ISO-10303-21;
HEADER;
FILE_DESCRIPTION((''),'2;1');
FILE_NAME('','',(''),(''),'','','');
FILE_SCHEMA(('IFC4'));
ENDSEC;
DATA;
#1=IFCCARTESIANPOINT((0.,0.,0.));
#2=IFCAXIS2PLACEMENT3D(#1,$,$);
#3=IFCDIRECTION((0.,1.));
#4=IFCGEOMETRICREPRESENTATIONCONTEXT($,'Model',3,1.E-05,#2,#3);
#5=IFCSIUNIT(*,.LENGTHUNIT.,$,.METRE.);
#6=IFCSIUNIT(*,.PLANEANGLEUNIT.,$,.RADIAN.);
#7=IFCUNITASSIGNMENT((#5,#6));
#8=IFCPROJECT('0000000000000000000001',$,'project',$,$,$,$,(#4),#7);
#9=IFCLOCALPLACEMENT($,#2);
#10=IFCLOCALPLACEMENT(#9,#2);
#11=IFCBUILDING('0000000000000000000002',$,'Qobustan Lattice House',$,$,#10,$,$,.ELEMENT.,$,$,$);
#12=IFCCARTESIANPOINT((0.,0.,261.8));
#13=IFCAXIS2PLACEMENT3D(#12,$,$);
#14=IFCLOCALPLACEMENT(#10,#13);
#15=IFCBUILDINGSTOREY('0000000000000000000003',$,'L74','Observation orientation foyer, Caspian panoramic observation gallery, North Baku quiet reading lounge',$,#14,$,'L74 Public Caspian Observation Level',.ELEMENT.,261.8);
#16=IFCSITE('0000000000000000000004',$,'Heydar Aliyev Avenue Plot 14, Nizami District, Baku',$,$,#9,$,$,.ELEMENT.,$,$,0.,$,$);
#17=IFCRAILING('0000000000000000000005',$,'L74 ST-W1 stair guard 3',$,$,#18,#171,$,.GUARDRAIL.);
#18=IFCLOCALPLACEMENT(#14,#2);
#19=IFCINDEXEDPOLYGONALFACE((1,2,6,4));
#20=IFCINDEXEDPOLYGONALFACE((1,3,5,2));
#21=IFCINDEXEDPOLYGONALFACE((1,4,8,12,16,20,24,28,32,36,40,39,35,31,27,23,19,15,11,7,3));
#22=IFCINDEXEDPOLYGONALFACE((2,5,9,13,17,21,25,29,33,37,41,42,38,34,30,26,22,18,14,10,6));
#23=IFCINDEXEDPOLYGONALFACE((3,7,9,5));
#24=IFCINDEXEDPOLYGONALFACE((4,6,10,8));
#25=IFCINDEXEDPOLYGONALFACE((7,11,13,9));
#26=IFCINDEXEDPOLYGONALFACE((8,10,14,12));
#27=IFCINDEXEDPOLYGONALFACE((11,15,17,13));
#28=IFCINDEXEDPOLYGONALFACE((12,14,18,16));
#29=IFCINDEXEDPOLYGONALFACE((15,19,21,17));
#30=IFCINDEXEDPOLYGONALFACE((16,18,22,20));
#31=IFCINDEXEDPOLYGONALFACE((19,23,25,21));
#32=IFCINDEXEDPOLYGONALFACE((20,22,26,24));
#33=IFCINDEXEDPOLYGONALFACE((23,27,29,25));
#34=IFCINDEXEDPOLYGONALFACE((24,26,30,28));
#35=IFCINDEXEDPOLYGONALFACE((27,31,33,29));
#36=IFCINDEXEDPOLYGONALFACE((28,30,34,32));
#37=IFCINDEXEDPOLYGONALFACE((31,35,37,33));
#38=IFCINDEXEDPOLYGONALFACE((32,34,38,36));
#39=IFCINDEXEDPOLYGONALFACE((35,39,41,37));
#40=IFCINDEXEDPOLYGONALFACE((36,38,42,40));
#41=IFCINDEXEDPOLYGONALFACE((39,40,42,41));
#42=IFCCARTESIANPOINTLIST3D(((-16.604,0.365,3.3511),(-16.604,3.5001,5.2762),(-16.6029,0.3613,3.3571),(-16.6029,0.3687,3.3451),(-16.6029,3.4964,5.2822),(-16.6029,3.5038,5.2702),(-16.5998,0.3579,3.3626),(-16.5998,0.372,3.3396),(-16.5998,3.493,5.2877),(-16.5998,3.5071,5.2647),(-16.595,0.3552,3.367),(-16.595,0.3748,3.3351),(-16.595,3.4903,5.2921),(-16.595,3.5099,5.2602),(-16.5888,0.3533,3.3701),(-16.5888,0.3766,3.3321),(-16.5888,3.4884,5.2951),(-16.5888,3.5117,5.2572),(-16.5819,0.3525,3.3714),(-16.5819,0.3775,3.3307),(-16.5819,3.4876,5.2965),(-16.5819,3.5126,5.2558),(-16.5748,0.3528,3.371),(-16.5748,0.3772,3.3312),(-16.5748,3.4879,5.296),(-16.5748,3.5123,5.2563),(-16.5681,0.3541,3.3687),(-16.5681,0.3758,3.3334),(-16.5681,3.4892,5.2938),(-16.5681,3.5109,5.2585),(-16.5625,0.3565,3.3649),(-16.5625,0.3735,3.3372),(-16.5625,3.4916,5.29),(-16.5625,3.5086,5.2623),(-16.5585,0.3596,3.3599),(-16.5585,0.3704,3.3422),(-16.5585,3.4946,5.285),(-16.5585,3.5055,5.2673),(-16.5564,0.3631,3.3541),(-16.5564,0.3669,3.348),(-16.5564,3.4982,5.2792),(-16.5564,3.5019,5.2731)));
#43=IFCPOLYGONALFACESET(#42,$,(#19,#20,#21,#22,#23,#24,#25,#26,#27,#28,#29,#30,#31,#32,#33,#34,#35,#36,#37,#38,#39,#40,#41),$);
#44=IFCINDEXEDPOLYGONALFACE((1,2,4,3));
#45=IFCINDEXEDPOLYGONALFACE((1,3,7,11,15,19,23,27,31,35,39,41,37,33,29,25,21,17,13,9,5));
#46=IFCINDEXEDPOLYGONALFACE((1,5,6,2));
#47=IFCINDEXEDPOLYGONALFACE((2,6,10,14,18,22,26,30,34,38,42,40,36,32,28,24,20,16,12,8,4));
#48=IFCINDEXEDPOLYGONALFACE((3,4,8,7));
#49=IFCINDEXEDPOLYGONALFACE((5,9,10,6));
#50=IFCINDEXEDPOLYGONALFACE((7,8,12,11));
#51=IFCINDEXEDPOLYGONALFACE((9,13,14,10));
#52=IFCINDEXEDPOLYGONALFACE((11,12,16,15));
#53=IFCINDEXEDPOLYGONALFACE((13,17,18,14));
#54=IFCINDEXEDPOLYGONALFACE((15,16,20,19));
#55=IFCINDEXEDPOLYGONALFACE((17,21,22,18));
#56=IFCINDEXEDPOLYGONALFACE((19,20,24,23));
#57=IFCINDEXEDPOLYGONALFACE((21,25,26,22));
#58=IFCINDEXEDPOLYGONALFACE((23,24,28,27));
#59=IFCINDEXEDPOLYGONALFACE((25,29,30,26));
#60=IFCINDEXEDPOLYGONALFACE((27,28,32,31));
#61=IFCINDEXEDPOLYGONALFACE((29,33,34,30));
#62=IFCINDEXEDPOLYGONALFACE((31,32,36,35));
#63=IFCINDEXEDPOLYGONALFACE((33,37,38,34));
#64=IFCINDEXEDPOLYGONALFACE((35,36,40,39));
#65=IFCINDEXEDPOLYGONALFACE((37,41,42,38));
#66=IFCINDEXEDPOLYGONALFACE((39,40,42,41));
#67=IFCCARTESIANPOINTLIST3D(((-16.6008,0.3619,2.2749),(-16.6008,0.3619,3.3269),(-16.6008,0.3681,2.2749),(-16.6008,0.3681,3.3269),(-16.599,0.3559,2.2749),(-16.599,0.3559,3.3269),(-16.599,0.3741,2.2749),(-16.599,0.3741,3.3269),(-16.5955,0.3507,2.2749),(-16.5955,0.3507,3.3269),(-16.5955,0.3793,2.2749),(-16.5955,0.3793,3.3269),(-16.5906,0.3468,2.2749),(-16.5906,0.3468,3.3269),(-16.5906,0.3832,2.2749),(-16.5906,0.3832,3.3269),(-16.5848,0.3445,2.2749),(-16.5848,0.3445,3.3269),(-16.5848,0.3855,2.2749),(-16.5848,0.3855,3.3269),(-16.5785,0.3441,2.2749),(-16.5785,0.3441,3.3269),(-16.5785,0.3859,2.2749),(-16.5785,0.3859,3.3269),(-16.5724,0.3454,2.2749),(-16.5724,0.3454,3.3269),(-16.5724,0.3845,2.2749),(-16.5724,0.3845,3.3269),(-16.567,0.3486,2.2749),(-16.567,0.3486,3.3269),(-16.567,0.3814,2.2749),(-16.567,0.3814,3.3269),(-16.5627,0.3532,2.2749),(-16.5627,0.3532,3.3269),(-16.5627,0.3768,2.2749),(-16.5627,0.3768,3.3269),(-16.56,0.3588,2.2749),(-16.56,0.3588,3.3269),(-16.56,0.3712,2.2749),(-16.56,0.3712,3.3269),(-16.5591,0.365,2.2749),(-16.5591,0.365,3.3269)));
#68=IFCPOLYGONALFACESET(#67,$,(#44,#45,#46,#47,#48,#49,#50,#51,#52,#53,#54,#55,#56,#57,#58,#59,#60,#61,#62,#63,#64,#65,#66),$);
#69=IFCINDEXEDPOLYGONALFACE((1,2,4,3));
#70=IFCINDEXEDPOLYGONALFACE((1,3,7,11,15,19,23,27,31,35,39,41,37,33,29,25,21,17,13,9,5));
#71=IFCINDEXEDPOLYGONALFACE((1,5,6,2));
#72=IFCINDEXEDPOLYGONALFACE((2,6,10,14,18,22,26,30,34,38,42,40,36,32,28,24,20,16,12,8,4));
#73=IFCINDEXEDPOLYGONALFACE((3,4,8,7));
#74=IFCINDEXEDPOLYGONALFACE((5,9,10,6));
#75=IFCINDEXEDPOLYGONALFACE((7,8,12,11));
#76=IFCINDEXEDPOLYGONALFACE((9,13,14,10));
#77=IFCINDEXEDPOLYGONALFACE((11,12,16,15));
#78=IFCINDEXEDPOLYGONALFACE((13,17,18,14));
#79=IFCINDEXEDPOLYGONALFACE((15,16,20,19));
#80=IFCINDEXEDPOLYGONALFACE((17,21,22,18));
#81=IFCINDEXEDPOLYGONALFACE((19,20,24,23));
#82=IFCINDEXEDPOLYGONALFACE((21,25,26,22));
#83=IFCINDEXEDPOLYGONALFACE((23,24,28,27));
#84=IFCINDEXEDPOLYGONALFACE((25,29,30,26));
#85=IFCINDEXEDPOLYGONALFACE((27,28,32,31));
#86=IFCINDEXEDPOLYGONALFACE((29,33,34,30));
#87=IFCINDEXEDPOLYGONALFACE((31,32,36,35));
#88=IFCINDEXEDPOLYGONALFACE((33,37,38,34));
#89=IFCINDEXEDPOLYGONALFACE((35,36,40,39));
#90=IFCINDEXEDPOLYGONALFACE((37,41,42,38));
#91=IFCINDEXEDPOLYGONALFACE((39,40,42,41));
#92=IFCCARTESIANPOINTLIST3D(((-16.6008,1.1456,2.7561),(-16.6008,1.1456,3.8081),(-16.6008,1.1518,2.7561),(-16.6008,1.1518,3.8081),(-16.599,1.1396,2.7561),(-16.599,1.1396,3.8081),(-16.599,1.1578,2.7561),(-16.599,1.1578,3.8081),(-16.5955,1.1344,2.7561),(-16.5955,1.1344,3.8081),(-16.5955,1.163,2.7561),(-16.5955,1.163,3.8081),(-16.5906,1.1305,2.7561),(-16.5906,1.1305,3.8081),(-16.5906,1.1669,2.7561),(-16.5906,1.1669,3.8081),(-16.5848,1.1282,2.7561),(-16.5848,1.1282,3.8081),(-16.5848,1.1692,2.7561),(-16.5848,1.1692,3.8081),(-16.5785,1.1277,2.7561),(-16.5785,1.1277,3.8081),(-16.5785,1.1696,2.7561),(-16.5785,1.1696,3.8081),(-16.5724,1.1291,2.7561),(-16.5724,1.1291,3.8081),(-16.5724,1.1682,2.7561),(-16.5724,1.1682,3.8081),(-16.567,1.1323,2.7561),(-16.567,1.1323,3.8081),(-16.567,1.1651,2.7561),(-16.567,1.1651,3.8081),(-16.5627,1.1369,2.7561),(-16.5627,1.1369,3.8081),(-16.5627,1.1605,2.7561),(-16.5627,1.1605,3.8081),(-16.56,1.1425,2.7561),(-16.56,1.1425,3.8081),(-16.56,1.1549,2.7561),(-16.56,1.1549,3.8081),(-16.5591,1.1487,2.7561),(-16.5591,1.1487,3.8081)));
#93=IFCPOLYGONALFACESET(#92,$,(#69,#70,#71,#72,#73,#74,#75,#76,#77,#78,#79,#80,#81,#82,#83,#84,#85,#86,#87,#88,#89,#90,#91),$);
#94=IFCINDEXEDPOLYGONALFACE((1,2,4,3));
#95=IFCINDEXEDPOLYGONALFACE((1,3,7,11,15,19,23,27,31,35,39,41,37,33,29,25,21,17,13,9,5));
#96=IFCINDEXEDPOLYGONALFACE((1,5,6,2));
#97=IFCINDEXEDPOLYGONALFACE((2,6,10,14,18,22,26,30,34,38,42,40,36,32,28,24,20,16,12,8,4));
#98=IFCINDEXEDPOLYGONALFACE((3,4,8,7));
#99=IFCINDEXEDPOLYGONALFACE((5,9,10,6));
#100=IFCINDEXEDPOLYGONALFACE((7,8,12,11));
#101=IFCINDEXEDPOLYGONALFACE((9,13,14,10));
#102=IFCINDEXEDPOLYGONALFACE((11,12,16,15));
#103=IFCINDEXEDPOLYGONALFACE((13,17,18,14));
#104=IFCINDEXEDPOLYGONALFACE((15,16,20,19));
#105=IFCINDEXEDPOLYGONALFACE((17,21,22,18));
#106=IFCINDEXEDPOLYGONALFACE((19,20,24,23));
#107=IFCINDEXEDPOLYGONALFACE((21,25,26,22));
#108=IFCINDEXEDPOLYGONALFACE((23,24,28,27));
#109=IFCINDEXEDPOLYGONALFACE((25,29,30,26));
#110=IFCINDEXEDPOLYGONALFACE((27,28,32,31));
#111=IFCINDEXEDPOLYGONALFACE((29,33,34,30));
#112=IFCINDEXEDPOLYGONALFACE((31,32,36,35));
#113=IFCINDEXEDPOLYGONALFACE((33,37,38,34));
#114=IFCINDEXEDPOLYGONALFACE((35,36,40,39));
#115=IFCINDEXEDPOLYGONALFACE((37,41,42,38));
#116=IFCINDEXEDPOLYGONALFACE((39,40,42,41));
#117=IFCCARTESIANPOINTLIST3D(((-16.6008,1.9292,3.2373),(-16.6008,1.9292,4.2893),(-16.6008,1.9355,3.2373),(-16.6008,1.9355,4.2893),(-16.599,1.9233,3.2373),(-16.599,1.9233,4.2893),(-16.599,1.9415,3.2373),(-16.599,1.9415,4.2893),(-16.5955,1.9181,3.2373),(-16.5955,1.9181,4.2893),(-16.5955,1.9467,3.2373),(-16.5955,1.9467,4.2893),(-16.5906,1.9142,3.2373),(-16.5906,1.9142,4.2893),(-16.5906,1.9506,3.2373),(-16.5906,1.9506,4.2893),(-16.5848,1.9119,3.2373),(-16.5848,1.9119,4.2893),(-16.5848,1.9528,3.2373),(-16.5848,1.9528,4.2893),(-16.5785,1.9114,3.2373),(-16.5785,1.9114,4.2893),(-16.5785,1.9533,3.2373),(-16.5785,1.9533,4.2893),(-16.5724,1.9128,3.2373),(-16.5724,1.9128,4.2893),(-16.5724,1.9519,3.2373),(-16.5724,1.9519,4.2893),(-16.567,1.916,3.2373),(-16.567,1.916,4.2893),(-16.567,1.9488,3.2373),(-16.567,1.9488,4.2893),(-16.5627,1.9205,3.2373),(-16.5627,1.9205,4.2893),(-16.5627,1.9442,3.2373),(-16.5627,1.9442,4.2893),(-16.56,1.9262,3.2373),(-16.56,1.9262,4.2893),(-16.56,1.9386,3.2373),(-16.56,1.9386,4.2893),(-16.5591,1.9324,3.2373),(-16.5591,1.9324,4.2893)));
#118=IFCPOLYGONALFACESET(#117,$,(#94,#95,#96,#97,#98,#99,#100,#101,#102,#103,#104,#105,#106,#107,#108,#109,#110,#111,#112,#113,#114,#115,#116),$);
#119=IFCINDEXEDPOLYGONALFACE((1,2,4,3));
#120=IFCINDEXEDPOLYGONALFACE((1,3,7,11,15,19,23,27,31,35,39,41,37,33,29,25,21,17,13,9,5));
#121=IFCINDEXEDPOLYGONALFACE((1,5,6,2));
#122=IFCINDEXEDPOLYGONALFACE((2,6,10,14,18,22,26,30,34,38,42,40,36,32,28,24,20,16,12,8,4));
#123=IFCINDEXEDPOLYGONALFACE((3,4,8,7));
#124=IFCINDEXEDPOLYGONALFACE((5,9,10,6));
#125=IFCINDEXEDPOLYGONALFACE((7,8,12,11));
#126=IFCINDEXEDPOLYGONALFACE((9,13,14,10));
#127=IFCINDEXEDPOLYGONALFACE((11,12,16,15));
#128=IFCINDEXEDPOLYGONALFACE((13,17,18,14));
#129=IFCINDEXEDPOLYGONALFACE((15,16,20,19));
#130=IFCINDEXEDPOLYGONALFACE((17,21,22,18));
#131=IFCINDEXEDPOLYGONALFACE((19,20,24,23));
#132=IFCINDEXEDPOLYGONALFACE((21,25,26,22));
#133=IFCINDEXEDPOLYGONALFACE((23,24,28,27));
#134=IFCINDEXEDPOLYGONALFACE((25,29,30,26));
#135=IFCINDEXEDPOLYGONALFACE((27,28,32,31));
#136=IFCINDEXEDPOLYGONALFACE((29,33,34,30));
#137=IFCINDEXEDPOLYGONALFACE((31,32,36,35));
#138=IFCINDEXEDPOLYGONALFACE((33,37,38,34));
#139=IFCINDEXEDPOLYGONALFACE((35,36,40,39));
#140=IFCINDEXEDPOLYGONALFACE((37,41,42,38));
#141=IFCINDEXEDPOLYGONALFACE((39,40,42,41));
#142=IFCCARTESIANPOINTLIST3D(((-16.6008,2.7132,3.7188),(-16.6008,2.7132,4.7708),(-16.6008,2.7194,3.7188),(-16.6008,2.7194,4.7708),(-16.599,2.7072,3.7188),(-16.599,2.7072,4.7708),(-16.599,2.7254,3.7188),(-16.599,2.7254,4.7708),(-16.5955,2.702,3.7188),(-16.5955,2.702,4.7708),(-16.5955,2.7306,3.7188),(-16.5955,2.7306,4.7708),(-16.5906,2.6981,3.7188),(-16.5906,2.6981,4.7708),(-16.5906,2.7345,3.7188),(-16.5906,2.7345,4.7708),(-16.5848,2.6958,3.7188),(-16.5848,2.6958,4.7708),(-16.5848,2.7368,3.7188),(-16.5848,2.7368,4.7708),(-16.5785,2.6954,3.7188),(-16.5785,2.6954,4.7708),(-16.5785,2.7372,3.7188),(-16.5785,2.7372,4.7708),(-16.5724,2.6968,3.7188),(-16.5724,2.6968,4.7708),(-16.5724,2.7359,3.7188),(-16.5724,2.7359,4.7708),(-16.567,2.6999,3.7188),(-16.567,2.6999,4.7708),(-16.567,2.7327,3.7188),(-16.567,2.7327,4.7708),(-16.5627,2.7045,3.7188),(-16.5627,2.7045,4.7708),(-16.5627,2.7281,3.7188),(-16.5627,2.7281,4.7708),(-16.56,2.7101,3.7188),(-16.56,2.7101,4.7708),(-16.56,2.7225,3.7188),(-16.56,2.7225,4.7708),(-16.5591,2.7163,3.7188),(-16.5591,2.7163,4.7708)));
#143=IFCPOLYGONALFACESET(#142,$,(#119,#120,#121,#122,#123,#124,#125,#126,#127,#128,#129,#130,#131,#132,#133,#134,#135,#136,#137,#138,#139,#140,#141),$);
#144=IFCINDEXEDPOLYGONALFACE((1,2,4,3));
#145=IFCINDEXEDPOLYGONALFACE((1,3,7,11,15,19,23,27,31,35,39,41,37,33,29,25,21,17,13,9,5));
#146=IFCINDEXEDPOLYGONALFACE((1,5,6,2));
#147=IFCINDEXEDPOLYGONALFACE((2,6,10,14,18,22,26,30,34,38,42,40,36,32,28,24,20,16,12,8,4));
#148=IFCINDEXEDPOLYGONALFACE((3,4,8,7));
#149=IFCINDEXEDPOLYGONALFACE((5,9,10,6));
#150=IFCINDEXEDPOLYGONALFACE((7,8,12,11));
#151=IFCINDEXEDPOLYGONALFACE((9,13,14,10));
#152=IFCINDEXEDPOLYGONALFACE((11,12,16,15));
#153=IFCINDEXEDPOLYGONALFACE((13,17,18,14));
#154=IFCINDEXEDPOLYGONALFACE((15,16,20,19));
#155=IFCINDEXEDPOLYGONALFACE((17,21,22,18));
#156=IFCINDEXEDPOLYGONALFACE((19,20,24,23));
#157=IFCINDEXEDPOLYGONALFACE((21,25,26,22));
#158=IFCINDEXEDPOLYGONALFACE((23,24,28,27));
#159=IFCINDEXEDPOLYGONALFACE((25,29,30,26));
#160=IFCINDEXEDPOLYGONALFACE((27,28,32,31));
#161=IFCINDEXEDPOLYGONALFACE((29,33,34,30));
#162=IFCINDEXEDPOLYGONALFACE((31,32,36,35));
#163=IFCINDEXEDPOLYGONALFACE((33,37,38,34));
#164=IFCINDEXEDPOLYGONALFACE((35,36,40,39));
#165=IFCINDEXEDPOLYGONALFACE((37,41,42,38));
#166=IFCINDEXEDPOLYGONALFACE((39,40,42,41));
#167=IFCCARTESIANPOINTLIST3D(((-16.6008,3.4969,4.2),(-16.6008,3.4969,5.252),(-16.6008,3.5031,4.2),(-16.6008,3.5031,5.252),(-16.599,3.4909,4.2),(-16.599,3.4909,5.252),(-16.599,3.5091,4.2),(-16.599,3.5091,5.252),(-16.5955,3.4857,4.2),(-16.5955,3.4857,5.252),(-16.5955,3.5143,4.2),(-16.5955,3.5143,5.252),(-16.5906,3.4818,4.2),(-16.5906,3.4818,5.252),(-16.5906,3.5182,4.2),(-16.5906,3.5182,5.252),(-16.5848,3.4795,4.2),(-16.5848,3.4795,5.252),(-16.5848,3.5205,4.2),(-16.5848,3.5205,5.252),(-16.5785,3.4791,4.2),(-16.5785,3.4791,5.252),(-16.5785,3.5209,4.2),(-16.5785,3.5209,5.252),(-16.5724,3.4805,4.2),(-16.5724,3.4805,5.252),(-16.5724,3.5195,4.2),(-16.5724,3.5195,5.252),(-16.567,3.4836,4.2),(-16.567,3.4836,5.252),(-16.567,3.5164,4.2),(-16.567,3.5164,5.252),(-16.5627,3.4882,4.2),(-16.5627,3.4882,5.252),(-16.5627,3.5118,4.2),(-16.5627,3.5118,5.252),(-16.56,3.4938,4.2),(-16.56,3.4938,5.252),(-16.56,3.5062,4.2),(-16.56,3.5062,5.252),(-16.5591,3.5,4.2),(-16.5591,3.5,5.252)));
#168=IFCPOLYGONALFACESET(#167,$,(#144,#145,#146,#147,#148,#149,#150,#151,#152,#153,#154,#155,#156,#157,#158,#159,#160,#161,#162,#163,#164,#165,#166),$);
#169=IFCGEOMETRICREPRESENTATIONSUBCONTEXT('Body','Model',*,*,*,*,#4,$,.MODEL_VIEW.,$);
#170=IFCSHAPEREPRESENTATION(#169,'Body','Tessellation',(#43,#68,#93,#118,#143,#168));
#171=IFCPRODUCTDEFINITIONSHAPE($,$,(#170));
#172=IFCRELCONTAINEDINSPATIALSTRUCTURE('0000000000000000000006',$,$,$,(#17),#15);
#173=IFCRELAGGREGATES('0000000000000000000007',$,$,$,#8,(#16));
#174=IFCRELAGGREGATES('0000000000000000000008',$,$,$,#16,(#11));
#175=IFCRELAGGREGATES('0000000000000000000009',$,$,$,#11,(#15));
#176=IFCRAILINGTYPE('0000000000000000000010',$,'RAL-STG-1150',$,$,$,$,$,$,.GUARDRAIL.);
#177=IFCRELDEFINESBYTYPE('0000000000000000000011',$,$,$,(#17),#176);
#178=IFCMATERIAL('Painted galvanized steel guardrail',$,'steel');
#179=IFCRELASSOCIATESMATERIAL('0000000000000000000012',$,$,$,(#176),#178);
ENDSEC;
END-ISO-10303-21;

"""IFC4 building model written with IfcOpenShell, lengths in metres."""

from ifc_helpers import new_model, si_unit, direction, frame, origin, origin_2d, place, context, subcontext, project, spatial, circle, extrude, material, type_object, element, save


model = new_model("IFC4")

# Units and contexts
model_context = context("Model", 3, precision=1e-05, world=origin(), true_north=direction((0.0, 1.0)))
body_context = subcontext(model_context, "Body", "Model", "MODEL_VIEW")
ifc_project = project(units=[si_unit("LENGTHUNIT", "METRE"), si_unit("PLANEANGLEUNIT", "RADIAN")], contexts=[model_context])

# Site, building, storey
site_placement = place(None, origin())
site = spatial("IfcSite", under=ifc_project, at=site_placement, Name="Heydar Aliyev Avenue Plot 14, Nizami District, Baku", CompositionType="ELEMENT", RefElevation=0.0)
building_placement = place(site_placement, origin())
building = spatial("IfcBuilding", under=site, at=building_placement, Name="Qobustan Lattice House", CompositionType="ELEMENT")
storey_placement = place(building_placement, frame((0.0, 0.0, 261.8)))
storey = spatial("IfcBuildingStorey", under=building, at=storey_placement, Name="L74", Description="Observation orientation foyer, Caspian panoramic observation gallery, North Baku quiet reading lounge", LongName="L74 Public Caspian Observation Level", CompositionType="ELEMENT", Elevation=261.8)

# Railing
ifc_material_1 = material(Name="Painted galvanized steel guardrail", Category="steel")
railing_type_1 = type_object("IfcRailingType", Name="RAL-STG-1150", PredefinedType="GUARDRAIL", material=ifc_material_1)
railing_1_placement = place(storey_placement, frame((-16.5801, 0.365, 2.2749)))
element("IfcRailing", 1, at=railing_1_placement, inside=storey, type_object=railing_type_1, Name="L74 ST-W1 stair guard 3", PredefinedType="GUARDRAIL", context=body_context, shape_type="SweptSolid", body=[
    extrude(circle(Radius=0.0239, at=origin_2d()), frame((0.0, 0.0, 1.0762), z_axis=(0.0, 0.852166, 0.523271), x_axis=(-1.0, 0.0, 0.0)), (0.0, 0.0, 1.0), 3.679),
    extrude(circle(Radius=0.021, at=origin_2d()), origin(), (0.0, 0.0, 1.0), 1.052),
    extrude(circle(Radius=0.021, at=origin_2d()), frame((0.0, 0.7837, 0.4812)), (0.0, 0.0, 1.0), 1.052),
    extrude(circle(Radius=0.021, at=origin_2d()), frame((0.0, 1.5674, 0.9624)), (0.0, 0.0, 1.0), 1.052),
    extrude(circle(Radius=0.021, at=origin_2d()), frame((0.0, 2.3513, 1.4438)), (0.0, 0.0, 1.0), 1.052),
    extrude(circle(Radius=0.021, at=origin_2d()), frame((0.0, 3.135, 1.925)), (0.0, 0.0, 1.0), 1.052),
])

save(model, "model.ifc")
